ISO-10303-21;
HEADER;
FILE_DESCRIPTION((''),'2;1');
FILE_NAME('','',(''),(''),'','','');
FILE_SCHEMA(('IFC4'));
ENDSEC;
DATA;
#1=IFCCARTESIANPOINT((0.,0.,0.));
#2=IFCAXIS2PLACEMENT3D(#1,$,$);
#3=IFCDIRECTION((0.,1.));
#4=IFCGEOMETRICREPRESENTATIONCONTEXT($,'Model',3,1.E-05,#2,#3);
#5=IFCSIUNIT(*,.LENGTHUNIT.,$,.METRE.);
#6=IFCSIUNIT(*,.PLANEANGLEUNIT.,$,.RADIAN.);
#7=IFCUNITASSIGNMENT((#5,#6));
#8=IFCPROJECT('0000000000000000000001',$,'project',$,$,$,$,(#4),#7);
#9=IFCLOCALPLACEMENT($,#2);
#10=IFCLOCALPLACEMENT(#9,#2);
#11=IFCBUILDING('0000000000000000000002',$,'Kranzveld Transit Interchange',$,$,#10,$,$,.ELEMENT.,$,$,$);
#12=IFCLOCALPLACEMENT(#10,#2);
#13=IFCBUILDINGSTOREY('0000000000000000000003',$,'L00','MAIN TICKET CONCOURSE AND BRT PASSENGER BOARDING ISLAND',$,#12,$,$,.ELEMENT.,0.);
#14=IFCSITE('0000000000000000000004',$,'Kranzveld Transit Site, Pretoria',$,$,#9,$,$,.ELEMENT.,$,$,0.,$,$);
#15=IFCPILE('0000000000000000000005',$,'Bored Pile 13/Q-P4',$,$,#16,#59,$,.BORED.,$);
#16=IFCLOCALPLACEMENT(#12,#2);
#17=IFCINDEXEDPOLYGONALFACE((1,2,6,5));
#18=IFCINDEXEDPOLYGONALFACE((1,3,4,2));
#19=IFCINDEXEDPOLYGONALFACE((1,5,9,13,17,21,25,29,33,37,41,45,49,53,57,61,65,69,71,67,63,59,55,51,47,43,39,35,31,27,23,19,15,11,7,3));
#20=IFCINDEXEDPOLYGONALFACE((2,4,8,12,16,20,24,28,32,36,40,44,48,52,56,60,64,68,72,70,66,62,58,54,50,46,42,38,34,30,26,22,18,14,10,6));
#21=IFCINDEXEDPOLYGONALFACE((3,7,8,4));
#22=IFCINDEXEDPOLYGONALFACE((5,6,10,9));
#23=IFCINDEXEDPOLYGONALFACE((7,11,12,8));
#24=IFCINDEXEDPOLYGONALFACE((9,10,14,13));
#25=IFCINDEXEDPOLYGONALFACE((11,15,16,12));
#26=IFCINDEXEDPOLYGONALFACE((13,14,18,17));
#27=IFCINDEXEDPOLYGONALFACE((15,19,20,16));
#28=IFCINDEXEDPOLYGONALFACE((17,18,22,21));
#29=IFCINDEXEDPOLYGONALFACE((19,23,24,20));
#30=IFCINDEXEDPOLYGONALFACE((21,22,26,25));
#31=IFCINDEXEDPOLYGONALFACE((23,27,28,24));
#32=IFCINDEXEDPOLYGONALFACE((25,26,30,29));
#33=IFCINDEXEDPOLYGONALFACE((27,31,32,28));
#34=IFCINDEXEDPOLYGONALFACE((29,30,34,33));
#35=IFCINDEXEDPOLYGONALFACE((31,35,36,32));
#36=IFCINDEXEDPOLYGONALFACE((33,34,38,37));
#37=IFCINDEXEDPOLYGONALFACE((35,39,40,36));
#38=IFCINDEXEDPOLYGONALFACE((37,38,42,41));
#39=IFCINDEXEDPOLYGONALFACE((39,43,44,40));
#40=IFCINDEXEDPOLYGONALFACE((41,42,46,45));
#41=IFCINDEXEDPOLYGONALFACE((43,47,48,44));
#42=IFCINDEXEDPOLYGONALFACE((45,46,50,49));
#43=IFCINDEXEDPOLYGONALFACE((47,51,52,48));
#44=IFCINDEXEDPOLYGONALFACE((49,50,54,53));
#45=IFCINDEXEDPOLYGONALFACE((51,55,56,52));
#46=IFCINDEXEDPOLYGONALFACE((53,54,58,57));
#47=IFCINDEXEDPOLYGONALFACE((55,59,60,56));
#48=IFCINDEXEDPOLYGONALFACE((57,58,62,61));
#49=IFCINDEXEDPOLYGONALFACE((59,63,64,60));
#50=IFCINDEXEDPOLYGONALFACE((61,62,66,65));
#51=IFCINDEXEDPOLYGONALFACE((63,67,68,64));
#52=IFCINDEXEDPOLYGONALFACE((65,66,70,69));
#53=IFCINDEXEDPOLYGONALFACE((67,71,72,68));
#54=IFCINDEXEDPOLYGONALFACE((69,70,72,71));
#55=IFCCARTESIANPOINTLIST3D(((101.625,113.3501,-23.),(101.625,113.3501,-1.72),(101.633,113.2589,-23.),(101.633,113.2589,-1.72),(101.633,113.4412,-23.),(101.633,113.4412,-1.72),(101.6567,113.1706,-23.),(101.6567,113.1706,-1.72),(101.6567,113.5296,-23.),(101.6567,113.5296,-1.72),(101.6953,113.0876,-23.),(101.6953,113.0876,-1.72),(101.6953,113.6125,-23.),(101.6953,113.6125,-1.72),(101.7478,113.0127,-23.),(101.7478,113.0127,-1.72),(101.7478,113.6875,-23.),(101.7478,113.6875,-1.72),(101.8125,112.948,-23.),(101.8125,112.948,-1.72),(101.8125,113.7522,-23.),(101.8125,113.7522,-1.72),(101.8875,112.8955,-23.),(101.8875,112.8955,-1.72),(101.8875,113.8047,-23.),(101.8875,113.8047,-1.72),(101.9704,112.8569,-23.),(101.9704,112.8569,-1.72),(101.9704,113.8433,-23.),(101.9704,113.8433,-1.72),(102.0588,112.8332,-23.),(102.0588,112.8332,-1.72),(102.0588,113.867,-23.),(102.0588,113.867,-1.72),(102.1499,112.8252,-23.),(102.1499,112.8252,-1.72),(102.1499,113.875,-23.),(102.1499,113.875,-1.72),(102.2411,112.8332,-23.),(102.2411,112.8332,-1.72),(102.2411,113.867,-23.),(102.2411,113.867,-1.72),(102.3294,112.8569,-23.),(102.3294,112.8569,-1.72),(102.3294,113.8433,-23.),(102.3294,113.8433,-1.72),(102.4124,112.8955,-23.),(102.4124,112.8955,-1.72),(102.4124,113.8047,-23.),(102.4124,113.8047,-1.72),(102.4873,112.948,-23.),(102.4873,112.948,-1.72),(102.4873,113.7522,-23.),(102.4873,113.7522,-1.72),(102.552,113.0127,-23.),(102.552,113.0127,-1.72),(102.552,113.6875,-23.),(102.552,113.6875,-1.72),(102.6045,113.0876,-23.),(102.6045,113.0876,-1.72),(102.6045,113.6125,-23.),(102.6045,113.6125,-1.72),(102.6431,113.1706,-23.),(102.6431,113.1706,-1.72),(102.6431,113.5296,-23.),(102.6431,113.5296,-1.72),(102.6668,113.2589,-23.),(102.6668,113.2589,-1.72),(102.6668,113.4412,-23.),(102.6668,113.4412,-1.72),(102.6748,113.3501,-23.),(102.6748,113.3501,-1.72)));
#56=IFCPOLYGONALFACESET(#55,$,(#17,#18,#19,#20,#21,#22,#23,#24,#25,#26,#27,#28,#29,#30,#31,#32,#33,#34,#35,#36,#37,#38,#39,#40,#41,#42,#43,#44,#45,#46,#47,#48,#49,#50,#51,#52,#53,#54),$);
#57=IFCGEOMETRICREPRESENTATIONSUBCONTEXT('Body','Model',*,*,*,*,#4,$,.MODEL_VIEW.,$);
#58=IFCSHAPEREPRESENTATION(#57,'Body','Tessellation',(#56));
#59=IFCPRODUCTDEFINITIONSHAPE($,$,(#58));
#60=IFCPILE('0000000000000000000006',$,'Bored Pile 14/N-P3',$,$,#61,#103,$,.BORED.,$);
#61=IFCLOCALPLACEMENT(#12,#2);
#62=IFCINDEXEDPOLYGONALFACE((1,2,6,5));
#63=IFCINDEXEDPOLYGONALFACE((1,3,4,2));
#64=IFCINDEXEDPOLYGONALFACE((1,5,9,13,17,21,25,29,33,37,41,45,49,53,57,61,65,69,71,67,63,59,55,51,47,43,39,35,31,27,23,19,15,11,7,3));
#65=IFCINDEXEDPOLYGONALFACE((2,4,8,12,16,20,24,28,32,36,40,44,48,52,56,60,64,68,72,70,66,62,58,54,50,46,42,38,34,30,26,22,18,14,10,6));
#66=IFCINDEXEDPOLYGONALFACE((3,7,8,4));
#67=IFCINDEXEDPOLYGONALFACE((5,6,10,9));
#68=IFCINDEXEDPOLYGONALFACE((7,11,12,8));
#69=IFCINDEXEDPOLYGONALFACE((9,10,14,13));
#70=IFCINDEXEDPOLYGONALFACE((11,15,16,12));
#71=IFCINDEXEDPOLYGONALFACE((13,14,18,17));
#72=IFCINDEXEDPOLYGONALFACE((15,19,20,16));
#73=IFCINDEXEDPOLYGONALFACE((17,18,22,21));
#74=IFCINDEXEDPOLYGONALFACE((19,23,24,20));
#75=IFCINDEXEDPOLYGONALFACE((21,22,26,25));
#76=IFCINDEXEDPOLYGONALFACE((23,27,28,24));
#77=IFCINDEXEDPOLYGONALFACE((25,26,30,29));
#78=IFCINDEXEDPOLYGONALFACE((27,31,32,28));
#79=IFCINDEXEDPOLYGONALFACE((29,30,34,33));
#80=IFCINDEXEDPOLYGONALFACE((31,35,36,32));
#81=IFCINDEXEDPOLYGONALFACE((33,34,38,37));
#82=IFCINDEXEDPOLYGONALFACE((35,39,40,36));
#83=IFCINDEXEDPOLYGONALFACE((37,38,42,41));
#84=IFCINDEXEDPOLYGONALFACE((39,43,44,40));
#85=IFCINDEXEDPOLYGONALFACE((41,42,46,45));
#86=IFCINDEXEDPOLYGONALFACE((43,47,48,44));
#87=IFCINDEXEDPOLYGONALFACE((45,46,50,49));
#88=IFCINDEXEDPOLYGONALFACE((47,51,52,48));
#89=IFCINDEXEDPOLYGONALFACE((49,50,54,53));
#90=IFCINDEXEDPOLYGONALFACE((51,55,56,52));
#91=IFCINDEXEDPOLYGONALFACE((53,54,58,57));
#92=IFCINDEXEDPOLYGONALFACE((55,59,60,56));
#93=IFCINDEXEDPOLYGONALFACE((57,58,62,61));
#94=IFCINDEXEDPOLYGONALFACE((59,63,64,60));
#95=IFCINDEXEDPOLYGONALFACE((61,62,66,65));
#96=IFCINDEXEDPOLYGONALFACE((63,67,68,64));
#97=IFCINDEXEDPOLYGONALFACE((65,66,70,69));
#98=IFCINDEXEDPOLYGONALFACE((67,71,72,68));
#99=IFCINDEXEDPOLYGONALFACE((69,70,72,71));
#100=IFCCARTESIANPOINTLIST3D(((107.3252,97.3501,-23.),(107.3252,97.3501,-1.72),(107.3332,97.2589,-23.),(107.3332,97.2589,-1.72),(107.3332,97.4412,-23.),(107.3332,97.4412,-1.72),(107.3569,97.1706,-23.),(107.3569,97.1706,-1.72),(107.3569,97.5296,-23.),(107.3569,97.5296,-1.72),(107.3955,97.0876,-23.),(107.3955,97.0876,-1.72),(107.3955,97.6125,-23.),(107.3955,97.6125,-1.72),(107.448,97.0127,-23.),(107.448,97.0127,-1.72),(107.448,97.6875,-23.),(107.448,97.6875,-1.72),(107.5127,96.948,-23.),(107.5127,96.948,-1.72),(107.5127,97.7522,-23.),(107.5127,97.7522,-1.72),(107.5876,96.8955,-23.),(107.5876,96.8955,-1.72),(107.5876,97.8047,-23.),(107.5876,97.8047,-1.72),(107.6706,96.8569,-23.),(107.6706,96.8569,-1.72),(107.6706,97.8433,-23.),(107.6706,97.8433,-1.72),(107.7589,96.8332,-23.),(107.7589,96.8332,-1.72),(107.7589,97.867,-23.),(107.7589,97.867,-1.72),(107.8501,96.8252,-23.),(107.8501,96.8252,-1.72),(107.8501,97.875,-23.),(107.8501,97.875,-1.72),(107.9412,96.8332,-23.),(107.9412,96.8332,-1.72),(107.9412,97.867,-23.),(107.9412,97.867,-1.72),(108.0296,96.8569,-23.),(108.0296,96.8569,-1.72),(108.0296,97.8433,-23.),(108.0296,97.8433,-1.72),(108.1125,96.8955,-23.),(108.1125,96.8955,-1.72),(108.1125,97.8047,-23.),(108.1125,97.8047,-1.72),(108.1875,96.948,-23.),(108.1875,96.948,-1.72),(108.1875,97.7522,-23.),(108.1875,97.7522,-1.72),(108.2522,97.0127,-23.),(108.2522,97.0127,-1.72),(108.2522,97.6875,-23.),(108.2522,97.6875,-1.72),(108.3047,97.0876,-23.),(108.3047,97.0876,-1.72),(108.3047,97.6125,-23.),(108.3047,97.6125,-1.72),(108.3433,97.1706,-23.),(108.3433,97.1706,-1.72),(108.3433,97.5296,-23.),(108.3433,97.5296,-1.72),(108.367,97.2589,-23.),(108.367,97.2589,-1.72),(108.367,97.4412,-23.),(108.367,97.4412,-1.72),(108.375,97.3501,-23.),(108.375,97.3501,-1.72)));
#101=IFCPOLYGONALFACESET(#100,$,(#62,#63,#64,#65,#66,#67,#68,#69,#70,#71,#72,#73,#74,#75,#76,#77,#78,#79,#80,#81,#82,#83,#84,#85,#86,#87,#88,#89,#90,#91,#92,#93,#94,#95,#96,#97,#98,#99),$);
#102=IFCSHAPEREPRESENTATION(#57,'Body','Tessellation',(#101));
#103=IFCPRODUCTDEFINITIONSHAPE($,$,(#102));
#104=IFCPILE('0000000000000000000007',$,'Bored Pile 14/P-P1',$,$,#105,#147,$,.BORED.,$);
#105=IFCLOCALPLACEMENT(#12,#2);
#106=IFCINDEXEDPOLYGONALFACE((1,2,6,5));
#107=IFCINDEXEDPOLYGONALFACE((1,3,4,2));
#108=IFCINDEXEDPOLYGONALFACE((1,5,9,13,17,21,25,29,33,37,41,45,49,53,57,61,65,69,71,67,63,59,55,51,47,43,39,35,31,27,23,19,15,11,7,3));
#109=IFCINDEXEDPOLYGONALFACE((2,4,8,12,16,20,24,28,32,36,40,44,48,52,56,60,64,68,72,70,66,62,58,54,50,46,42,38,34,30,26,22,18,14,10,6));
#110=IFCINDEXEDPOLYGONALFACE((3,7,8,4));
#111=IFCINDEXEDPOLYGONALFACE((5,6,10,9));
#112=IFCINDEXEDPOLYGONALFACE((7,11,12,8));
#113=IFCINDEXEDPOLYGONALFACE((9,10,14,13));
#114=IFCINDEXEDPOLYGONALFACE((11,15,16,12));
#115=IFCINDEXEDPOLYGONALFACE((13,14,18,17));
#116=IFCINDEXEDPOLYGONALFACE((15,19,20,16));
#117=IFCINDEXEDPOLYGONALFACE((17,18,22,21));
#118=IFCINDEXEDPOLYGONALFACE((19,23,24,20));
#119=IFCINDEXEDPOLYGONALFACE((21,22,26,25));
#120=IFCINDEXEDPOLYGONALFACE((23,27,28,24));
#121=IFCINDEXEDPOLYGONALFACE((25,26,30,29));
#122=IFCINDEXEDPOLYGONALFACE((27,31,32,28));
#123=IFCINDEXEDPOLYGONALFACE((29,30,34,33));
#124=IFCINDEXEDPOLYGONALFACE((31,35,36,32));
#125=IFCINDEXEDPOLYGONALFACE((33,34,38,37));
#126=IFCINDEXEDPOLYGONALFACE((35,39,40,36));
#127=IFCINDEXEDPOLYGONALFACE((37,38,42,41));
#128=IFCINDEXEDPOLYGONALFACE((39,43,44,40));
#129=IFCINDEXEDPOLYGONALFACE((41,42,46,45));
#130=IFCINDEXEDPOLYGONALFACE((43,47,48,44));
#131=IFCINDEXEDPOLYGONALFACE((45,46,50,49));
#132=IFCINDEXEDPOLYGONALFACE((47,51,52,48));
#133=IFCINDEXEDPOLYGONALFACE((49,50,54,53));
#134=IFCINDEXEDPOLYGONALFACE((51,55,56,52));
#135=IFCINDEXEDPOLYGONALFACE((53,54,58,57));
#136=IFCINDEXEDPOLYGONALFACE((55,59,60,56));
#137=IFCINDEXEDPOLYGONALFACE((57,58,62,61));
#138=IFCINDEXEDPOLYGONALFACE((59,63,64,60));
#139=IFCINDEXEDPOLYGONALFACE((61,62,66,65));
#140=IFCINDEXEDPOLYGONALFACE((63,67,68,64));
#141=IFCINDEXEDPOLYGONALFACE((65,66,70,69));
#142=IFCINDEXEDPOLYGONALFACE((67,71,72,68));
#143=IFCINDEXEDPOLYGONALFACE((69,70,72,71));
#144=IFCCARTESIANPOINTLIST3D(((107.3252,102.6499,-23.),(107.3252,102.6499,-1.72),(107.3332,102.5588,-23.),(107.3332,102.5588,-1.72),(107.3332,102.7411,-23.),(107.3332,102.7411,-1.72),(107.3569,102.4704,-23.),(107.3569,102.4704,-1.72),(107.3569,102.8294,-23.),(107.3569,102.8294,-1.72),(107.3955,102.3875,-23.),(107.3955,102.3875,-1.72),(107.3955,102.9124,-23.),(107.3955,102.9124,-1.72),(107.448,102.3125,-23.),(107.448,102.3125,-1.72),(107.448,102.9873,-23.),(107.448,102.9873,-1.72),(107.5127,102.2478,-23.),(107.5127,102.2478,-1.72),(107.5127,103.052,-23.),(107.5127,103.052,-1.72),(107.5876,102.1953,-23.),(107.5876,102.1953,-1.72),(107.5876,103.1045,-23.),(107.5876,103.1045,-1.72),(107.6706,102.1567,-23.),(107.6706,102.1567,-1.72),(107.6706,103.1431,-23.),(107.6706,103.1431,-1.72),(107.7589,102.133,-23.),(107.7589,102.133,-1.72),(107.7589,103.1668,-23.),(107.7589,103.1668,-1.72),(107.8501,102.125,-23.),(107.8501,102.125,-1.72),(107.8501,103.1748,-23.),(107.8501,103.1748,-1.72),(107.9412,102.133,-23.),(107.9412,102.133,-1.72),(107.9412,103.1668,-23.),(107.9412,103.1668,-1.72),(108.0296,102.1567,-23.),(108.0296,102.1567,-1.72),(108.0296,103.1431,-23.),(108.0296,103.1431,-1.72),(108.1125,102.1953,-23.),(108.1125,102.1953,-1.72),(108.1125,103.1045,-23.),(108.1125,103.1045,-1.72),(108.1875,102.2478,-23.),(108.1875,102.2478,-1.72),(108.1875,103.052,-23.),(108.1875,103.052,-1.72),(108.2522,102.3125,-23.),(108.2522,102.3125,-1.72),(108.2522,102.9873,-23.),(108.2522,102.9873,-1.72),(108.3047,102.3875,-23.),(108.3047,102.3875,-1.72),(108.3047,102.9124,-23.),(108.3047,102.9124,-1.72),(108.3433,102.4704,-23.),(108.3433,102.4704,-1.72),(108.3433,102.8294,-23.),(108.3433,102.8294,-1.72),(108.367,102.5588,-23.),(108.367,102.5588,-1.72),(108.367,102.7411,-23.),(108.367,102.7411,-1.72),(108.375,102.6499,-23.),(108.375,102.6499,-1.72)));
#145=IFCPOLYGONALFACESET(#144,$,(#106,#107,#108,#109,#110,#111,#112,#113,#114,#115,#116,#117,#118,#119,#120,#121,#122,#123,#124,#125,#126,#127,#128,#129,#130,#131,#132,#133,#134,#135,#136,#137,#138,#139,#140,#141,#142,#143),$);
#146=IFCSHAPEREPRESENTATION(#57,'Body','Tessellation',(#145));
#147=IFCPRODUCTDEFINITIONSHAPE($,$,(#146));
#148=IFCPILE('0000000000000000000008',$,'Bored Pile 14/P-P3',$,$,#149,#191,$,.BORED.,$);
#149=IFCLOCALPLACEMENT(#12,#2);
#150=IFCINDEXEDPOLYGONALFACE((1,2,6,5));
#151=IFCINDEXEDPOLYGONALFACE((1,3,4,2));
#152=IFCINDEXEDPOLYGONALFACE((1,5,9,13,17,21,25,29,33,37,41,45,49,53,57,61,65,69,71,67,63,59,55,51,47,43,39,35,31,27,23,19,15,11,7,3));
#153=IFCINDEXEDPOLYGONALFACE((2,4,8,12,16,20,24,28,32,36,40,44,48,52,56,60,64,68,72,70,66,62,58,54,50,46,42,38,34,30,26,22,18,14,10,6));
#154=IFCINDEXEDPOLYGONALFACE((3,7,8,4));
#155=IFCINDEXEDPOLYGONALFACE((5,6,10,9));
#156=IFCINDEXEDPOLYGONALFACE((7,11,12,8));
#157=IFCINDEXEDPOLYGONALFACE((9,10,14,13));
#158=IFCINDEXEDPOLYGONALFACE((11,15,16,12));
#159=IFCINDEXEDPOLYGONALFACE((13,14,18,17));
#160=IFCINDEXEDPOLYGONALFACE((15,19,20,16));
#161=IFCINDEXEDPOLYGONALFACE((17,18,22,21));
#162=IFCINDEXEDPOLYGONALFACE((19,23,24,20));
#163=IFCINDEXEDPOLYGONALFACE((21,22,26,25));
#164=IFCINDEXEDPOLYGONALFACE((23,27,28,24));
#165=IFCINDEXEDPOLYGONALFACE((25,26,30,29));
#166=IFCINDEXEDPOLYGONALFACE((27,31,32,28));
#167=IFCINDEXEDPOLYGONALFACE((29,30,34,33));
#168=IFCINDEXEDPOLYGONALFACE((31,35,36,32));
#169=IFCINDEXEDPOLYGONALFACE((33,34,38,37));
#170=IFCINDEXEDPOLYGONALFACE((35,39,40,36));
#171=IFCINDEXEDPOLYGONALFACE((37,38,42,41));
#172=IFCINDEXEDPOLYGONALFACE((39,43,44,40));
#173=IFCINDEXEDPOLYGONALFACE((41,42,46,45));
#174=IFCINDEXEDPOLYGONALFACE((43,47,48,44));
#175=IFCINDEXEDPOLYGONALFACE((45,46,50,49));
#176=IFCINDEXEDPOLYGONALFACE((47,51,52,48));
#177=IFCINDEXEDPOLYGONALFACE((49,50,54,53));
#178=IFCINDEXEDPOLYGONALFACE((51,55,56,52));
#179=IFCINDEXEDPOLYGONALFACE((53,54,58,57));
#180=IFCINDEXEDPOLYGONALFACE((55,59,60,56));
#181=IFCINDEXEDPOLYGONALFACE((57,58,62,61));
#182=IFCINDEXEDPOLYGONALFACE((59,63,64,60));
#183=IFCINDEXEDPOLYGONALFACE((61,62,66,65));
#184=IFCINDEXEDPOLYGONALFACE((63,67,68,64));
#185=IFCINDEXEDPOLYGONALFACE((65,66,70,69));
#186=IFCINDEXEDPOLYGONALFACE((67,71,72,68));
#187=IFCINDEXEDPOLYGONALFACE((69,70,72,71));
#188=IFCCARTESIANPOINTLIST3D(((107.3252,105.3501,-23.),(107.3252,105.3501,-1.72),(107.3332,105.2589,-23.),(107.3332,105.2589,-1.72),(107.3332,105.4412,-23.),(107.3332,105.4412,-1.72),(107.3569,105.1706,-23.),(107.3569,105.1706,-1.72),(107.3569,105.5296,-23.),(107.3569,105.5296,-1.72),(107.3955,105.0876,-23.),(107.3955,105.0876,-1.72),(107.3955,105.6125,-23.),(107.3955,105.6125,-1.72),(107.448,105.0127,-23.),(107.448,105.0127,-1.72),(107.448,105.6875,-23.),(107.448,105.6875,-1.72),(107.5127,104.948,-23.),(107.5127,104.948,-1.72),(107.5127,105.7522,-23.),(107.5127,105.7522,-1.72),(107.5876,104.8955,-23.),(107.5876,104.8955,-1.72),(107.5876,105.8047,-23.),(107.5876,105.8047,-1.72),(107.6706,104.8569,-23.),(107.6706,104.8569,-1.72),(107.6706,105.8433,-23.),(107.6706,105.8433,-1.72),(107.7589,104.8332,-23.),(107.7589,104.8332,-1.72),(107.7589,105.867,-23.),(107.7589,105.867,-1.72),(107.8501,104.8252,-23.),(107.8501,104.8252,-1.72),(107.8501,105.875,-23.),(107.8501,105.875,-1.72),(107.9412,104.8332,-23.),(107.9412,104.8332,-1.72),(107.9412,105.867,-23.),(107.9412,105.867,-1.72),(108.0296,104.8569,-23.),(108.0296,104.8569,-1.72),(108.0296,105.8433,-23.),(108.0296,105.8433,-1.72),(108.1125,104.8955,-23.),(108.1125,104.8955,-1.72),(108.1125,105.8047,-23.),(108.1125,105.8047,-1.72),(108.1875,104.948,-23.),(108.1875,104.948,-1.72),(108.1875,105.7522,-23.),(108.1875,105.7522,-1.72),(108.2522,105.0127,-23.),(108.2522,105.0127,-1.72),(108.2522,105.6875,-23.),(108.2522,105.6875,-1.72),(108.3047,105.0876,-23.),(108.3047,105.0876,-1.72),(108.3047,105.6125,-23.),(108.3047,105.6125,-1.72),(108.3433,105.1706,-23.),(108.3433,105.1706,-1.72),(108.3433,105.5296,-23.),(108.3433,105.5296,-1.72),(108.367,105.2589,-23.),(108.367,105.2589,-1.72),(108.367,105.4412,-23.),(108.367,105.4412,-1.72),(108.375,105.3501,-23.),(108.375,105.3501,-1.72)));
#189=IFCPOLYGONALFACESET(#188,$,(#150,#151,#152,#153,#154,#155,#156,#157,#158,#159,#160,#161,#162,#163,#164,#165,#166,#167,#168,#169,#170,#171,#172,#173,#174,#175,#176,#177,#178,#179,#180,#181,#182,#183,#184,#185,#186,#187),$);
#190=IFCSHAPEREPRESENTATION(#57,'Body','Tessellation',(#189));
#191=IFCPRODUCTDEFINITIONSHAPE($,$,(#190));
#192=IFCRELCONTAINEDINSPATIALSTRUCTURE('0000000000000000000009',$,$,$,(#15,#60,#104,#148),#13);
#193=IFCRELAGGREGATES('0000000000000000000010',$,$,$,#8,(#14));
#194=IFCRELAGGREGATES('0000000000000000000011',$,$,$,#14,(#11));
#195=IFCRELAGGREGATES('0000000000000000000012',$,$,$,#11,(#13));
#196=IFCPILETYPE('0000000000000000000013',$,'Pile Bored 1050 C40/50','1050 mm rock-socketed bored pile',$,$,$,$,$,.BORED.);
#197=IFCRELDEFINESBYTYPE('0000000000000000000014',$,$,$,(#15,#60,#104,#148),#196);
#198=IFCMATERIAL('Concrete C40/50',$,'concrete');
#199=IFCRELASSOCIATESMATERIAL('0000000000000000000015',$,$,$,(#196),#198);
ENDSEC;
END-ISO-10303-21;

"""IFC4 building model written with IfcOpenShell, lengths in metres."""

from ifc_helpers import new_model, si_unit, direction, frame, origin, origin_2d, place, context, subcontext, project, spatial, circle, extrude, material, material_profile, profile_set, type_object, element, save


model = new_model("IFC4")

# Units and contexts
model_context = context("Model", 3, precision=1e-05, world=origin(), true_north=direction((0.0, 1.0)))
body_context = subcontext(model_context, "Body", "Model", "MODEL_VIEW")
ifc_project = project(units=[si_unit("LENGTHUNIT", "METRE"), si_unit("PLANEANGLEUNIT", "RADIAN")], contexts=[model_context])

# Site, building, storey
site_placement = place(None, origin())
site = spatial("IfcSite", under=ifc_project, at=site_placement, Name="Kranzveld Transit Site, Pretoria", CompositionType="ELEMENT", RefElevation=0.0)
building_placement = place(site_placement, origin())
building = spatial("IfcBuilding", under=site, at=building_placement, Name="Kranzveld Transit Interchange", CompositionType="ELEMENT")
storey_placement = place(building_placement, origin())
storey = spatial("IfcBuildingStorey", under=building, at=storey_placement, Name="L00", Description="MAIN TICKET CONCOURSE AND BRT PASSENGER BOARDING ISLAND", CompositionType="ELEMENT", Elevation=0.0)

# Piles
ifc_material_1 = material(Name="Concrete C40/50", Category="concrete")
ifc_material_profile_1 = material_profile(ifc_material_1, circle(Radius=0.5249, at=origin_2d()), Name="BORED PILE 1050")
ifc_profile_set_1 = profile_set([ifc_material_profile_1], Name="Concrete C40/50")
pile_type = type_object("IfcPileType", Name="Pile Bored 1050 C40/50", Description="1050 mm rock-socketed bored pile", PredefinedType="BORED", material=ifc_profile_set_1)
for number, where, z_axis, x_axis, name in (
    (1, (102.1499, 113.3501, -1.72), (0.0, 0.0, -1.0), (1.0, 0.0, 0.0), "Bored Pile 13/Q-P4"),
    (2, (107.8501, 97.3501, -1.72), (0.0, 0.0, -1.0), (1.0, 0.0, 0.0), "Bored Pile 14/N-P3"),
    (3, (107.8501, 102.6499, -1.72), (0.0, 0.0, -1.0), (1.0, 0.0, 0.0), "Bored Pile 14/P-P1"),
    (4, (107.8501, 105.3501, -1.72), (0.0, 0.0, -1.0), (1.0, 0.0, 0.0), "Bored Pile 14/P-P3"),
):
    element("IfcPile", number, at=place(storey_placement, frame(where, z_axis=z_axis, x_axis=x_axis)), inside=storey, type_object=pile_type, Name=name, PredefinedType="BORED", context=body_context, shape_type="SweptSolid", body=[
        extrude(circle(Radius=0.5249, at=origin_2d()), origin(), (0.0, 0.0, 1.0), 21.28),
    ])

save(model, "model.ifc")
